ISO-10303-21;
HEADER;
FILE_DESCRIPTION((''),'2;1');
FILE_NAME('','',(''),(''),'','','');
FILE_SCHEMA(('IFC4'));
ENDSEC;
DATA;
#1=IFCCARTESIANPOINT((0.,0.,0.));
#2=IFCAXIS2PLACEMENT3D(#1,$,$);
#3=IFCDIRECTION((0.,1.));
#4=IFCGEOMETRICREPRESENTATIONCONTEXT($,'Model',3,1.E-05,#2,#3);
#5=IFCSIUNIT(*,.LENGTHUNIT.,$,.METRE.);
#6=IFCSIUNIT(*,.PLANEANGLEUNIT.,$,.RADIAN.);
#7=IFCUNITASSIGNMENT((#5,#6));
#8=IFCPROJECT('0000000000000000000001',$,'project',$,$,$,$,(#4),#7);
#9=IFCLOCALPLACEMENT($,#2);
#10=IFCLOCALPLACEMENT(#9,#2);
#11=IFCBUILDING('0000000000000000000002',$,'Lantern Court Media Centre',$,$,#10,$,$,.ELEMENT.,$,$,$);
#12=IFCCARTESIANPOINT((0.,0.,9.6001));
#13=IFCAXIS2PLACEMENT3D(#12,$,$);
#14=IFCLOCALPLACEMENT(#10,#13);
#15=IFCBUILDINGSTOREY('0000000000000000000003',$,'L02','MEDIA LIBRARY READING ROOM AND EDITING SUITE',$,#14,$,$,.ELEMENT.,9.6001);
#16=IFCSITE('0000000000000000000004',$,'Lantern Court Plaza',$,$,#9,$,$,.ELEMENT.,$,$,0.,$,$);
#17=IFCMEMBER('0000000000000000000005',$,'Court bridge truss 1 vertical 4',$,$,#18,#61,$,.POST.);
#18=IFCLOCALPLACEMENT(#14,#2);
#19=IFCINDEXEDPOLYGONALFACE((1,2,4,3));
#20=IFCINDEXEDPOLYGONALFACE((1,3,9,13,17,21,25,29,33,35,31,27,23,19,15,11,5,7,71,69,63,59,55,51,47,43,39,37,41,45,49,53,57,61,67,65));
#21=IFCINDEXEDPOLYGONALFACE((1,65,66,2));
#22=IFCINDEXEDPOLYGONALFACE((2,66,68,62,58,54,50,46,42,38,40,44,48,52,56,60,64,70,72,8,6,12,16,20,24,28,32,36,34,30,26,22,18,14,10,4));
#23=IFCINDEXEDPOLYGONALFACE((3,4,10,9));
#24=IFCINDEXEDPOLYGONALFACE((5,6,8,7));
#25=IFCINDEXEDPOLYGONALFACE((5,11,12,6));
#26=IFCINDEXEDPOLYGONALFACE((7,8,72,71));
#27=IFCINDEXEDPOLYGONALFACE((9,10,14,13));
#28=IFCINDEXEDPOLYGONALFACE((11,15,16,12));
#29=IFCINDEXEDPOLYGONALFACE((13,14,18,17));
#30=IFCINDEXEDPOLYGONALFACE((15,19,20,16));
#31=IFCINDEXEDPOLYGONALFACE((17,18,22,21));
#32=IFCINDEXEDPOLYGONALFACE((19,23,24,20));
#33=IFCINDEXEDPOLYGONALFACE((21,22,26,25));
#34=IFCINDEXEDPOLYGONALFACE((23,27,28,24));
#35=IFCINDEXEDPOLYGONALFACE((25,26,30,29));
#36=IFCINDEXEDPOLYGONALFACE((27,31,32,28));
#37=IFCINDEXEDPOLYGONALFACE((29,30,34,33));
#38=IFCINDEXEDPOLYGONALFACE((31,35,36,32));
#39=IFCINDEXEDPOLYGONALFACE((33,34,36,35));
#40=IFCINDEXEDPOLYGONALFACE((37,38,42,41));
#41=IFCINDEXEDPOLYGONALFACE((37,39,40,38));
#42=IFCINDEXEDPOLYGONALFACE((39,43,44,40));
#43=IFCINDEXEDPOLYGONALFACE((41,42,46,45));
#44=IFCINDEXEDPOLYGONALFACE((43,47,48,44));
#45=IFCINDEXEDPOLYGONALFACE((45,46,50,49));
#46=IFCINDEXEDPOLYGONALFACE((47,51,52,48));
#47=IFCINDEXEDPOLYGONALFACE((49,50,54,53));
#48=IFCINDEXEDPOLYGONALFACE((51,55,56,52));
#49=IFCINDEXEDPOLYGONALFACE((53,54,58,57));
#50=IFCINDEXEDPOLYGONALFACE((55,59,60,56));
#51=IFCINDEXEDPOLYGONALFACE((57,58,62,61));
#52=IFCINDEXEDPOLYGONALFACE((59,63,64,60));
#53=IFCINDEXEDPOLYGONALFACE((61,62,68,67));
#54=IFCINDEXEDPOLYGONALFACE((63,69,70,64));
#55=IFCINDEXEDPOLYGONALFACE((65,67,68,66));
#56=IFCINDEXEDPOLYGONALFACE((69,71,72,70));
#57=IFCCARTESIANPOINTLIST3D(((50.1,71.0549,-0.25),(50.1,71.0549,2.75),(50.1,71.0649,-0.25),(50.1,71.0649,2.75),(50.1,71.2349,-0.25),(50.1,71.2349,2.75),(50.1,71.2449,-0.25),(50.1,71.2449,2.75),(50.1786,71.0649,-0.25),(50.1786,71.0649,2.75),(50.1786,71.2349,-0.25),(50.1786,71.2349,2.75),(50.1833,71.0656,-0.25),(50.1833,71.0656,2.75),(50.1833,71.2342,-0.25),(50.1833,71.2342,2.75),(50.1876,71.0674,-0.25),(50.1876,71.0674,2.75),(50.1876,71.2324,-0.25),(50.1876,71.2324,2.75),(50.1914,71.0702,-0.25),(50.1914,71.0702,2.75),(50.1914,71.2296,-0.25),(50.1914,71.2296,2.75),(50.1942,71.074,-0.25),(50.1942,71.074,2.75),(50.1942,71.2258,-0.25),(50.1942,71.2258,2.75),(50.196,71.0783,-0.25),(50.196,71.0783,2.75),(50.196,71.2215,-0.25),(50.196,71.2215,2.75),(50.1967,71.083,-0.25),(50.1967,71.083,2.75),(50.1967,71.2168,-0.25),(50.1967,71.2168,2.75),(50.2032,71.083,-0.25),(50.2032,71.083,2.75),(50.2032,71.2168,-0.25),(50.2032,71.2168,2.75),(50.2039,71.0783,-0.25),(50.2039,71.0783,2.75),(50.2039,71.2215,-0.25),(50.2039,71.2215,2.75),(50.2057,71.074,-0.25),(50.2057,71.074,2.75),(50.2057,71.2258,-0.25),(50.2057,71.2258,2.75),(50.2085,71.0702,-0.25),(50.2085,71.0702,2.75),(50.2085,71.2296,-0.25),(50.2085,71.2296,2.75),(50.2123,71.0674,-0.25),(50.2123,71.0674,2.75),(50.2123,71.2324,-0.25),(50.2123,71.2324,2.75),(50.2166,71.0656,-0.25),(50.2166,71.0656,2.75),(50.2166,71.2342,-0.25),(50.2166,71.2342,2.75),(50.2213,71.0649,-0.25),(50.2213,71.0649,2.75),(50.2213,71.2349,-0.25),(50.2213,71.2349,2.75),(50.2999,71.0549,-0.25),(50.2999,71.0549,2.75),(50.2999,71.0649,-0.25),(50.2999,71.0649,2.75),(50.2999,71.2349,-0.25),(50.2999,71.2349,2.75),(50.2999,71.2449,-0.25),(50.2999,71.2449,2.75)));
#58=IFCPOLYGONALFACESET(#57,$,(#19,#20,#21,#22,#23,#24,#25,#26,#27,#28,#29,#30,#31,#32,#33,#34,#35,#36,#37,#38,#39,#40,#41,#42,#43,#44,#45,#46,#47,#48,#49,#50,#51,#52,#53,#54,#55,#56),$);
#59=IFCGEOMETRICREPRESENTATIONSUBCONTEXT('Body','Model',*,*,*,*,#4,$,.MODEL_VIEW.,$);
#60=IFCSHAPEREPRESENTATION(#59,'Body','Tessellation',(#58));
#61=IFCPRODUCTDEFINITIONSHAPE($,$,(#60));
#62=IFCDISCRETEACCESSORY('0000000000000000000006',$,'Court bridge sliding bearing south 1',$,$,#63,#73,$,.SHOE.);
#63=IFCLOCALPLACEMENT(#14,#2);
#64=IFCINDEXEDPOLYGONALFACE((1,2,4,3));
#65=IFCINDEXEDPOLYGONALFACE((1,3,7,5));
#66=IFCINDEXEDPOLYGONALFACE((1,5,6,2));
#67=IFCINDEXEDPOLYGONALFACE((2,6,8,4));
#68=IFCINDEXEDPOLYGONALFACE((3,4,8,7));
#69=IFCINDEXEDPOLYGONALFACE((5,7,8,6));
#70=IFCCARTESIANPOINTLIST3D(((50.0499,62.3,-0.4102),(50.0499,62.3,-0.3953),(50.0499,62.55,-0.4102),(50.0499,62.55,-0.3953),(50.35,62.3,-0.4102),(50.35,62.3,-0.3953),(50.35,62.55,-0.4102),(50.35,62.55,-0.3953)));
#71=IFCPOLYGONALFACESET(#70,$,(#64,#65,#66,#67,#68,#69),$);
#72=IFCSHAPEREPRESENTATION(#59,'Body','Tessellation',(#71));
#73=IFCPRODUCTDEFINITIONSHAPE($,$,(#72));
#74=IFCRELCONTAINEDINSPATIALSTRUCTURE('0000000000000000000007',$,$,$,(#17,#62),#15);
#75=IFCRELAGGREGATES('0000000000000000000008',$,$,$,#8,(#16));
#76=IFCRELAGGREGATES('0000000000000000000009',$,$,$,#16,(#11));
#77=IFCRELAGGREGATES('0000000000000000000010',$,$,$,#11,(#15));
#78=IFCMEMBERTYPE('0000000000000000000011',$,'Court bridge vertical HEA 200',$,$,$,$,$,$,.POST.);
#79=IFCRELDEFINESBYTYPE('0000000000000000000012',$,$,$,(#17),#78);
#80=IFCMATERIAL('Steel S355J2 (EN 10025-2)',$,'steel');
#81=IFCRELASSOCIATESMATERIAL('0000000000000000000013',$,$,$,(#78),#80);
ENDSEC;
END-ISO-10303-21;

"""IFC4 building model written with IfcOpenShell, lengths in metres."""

from ifc_helpers import new_model, si_unit, direction, frame, origin, origin_2d, place, context, subcontext, project, spatial, rectangle, i_section, extrude, material, material_profile, profile_set, type_object, element, save


model = new_model("IFC4")

# Units and contexts
model_context = context("Model", 3, precision=1e-05, world=origin(), true_north=direction((0.0, 1.0)))
body_context = subcontext(model_context, "Body", "Model", "MODEL_VIEW")
ifc_project = project(units=[si_unit("LENGTHUNIT", "METRE"), si_unit("PLANEANGLEUNIT", "RADIAN")], contexts=[model_context])

# Site, building, storey
site_placement = place(None, origin())
site = spatial("IfcSite", under=ifc_project, at=site_placement, Name="Lantern Court Plaza", CompositionType="ELEMENT", RefElevation=0.0)
building_placement = place(site_placement, origin())
building = spatial("IfcBuilding", under=site, at=building_placement, Name="Lantern Court Media Centre", CompositionType="ELEMENT")
storey_placement = place(building_placement, frame((0.0, 0.0, 9.6001)))
storey = spatial("IfcBuildingStorey", under=building, at=storey_placement, Name="L02", Description="MEDIA LIBRARY READING ROOM AND EDITING SUITE", CompositionType="ELEMENT", Elevation=9.6001)

# Shared definitions
ifc_material = material(Name="Steel S355J2 (EN 10025-2)", Category="steel")

# Member
ifc_material_profile_1 = material_profile(ifc_material, i_section(OverallWidth=0.2, OverallDepth=0.1899, WebThickness=0.0066, FlangeThickness=0.01, FilletRadius=0.0181, at=origin_2d()), Name="HEA 200")
ifc_profile_set_1 = profile_set([ifc_material_profile_1], Name="Steel S355J2 (EN 10025-2)")
member_type_1 = type_object("IfcMemberType", Name="Court bridge vertical HEA 200", PredefinedType="POST", material=ifc_profile_set_1)
for number, where, z_axis, x_axis, name in (
    (1, (50.2, 71.1499, -0.25), (0.0, 0.0, 1.0), (1.0, 0.0, 0.0), "Court bridge truss 1 vertical 4"),
):
    element("IfcMember", number, at=place(storey_placement, frame(where, z_axis=z_axis, x_axis=x_axis)), inside=storey, type_object=member_type_1, Name=name, PredefinedType="POST", context=body_context, shape_type="SweptSolid", body=[
        extrude(i_section(OverallWidth=0.2, OverallDepth=0.1899, WebThickness=0.0066, FlangeThickness=0.01, FilletRadius=0.0181, at=origin_2d()), origin(), (0.0, 0.0, 1.0), 3.0),
    ])

# Discrete accessory
discrete_accessory_placement = place(storey_placement, frame((50.2, 62.425, -0.4102), z_axis=(0.0, 0.0, 1.0), x_axis=(1.0, 0.0, 0.0)))
element("IfcDiscreteAccessory", 2, at=discrete_accessory_placement, inside=storey, Name="Court bridge sliding bearing south 1", PredefinedType="SHOE", context=body_context, shape_type="SweptSolid", body=[
    extrude(rectangle(XDim=0.3, YDim=0.25, at=origin_2d()), origin(), (0.0, 0.0, 1.0), 0.0149),
])

save(model, "model.ifc")
